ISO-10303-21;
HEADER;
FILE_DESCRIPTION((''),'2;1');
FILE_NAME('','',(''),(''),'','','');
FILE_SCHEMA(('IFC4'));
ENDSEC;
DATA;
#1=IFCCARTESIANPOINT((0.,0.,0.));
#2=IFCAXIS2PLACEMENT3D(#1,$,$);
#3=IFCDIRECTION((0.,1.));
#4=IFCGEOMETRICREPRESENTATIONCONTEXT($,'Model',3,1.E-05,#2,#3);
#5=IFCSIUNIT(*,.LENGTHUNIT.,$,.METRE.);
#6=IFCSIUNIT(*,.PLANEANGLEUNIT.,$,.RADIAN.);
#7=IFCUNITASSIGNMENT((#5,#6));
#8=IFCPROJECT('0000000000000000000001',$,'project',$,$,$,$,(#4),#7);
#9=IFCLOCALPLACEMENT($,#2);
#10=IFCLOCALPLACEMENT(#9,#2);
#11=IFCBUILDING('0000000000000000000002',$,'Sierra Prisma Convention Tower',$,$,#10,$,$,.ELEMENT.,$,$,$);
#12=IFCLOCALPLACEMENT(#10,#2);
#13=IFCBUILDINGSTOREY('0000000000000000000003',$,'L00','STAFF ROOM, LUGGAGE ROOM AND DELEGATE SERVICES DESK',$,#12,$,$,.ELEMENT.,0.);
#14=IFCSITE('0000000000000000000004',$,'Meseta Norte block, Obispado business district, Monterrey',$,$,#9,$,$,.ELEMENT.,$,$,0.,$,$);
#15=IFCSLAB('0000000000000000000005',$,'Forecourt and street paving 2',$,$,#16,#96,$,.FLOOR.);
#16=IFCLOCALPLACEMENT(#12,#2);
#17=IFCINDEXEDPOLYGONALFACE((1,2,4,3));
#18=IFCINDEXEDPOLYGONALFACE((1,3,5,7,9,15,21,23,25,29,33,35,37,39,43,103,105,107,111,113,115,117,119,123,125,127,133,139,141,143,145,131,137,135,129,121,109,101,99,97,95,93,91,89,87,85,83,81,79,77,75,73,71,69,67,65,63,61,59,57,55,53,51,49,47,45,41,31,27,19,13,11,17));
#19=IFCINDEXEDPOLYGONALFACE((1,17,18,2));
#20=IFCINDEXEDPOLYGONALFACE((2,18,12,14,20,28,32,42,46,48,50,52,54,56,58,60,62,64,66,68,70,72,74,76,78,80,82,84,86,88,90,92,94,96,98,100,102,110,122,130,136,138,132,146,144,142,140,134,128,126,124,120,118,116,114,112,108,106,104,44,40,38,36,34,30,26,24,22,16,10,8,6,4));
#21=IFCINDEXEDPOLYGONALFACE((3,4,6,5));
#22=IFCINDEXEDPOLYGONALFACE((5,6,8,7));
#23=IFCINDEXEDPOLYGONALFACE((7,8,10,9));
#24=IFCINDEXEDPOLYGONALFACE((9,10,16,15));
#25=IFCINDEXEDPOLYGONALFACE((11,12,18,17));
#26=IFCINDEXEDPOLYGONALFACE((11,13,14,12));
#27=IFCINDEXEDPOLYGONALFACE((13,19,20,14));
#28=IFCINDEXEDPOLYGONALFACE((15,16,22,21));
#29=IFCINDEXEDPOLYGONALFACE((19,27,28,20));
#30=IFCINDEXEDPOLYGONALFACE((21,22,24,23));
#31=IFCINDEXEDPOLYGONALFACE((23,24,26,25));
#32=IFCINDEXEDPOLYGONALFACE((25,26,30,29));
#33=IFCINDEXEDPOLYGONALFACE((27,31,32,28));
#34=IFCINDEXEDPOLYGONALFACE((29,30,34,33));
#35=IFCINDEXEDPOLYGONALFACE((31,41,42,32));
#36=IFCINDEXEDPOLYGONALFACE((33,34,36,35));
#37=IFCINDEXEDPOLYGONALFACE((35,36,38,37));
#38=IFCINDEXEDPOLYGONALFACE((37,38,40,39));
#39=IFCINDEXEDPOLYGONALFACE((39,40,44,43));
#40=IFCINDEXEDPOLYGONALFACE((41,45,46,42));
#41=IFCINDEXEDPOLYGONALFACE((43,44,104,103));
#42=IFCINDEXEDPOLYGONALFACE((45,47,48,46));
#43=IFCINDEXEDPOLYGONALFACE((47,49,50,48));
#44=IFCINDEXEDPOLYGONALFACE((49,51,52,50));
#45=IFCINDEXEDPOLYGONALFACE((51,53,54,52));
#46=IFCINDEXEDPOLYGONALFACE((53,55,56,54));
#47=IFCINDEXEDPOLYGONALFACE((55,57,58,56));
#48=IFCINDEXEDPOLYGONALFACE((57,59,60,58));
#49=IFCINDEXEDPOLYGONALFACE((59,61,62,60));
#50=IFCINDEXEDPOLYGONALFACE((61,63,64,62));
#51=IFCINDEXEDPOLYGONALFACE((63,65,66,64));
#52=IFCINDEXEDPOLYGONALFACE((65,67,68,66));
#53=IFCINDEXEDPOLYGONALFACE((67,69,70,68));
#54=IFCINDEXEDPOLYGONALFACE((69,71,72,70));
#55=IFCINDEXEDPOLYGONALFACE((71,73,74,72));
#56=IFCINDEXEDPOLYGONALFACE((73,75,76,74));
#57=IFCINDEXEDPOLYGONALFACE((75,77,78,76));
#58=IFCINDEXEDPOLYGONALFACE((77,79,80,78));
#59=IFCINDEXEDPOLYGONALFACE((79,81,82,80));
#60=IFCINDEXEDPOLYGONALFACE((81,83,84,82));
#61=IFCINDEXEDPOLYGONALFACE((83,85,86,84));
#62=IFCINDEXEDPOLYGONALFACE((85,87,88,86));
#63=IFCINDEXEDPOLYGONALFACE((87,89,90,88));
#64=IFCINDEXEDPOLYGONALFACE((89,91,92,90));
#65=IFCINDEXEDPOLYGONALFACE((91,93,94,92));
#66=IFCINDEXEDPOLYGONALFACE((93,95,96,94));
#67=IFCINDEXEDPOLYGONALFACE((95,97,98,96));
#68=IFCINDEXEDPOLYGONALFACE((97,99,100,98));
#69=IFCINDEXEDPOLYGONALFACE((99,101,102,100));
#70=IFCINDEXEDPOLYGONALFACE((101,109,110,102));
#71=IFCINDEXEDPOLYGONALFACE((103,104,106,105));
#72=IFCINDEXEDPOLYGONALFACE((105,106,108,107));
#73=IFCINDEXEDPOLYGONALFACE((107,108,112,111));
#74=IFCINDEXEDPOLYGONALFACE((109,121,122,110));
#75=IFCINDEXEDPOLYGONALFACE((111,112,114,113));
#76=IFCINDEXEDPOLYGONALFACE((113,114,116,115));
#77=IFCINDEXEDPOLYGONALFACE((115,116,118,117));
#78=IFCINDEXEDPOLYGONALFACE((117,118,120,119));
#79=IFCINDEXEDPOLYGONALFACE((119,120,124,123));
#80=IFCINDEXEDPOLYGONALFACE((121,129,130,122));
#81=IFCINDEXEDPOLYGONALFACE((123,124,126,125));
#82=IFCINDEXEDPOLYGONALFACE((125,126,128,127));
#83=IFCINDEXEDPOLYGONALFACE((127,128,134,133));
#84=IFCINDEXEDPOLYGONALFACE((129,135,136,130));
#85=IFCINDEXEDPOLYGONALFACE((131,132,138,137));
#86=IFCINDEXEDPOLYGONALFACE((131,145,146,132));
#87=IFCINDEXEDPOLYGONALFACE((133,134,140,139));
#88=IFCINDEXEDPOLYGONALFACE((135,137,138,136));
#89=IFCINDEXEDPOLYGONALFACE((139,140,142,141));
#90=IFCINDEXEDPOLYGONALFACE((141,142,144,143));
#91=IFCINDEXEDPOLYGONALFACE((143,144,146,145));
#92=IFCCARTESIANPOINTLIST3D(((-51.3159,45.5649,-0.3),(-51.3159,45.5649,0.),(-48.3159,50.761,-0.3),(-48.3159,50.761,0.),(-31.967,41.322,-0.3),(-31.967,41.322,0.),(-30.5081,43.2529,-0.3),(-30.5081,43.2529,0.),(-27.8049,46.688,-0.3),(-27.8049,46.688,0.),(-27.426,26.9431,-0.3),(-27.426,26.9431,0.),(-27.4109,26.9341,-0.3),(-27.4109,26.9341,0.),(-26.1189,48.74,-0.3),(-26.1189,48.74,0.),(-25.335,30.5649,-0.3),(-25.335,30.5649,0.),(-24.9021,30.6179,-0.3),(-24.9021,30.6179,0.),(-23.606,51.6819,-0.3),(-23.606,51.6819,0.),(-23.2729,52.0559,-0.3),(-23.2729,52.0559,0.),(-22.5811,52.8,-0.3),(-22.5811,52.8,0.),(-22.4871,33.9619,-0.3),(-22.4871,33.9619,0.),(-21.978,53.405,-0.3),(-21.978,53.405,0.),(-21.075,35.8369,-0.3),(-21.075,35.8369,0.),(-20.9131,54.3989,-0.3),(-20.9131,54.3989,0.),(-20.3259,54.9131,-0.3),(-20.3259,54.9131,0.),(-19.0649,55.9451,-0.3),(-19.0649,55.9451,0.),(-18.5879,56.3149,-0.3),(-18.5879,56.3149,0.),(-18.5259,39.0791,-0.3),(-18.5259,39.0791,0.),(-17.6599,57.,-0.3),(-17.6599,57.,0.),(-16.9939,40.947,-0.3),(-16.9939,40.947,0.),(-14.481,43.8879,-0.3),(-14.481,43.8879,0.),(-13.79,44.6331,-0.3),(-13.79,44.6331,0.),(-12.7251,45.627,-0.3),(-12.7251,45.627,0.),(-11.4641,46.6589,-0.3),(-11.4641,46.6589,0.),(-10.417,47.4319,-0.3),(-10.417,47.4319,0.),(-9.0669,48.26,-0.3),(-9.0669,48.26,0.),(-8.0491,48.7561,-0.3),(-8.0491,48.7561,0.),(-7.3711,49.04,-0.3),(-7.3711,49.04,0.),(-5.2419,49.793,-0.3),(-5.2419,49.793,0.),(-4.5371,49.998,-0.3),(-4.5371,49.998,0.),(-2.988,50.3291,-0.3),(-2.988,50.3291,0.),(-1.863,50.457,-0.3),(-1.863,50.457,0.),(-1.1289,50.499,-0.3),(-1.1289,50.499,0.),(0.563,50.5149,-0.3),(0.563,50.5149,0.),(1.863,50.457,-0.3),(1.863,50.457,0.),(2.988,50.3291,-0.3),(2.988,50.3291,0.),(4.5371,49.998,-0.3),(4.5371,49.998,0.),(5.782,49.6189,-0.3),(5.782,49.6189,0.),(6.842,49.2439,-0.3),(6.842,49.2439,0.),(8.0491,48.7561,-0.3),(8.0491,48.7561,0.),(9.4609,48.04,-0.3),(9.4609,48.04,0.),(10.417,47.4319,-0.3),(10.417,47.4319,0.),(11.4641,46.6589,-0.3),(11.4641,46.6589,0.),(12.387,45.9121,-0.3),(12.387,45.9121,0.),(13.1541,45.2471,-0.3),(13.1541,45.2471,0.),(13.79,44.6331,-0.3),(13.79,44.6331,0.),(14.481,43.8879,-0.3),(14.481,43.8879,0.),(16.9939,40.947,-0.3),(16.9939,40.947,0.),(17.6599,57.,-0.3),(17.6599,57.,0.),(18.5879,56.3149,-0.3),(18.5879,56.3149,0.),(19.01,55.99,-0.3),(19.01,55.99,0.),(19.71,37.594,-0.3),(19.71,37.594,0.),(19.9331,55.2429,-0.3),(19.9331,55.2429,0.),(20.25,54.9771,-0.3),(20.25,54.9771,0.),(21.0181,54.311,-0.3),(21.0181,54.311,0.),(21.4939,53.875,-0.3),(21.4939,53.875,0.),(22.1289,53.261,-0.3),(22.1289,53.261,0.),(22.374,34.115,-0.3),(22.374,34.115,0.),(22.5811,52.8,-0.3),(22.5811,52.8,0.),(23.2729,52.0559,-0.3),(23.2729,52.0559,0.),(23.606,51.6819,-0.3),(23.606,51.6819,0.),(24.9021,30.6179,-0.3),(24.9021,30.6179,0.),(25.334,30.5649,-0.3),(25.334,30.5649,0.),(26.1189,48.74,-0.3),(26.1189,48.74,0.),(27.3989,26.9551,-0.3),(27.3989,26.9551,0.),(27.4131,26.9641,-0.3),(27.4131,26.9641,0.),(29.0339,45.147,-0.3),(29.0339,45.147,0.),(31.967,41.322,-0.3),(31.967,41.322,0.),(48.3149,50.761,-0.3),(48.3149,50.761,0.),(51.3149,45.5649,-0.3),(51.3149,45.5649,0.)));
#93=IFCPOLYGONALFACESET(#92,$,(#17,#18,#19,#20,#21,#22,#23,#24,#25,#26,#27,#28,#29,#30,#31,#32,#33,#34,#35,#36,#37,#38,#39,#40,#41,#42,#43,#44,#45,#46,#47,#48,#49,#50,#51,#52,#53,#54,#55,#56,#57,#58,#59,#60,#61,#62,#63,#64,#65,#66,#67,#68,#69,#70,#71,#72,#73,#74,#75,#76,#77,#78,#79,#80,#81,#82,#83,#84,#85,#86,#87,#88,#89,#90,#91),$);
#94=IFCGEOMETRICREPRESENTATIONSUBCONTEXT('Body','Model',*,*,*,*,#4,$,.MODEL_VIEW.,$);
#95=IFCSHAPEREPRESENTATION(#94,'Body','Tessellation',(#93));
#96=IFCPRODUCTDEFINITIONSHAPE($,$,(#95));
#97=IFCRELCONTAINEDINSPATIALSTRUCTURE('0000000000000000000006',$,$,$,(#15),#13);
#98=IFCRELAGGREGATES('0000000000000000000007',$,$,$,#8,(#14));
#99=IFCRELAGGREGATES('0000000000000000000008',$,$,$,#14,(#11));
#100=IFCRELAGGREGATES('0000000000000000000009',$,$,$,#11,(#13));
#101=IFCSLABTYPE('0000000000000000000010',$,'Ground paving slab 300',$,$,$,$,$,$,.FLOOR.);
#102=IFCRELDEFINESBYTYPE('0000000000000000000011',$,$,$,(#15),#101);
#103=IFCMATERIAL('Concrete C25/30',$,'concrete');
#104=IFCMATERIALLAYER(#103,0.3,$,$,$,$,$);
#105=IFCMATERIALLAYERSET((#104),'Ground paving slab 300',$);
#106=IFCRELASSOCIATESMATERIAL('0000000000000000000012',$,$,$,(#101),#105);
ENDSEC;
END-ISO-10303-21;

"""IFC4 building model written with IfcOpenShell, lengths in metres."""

from ifc_helpers import new_model, si_unit, direction, frame, origin, place, context, subcontext, project, spatial, polyline, outline, extrude, material, layer, layer_set, type_object, element, save


model = new_model("IFC4")

# Units and contexts
model_context = context("Model", 3, precision=1e-05, world=origin(), true_north=direction((0.0, 1.0)))
body_context = subcontext(model_context, "Body", "Model", "MODEL_VIEW")
ifc_project = project(units=[si_unit("LENGTHUNIT", "METRE"), si_unit("PLANEANGLEUNIT", "RADIAN")], contexts=[model_context])

# Site, building, storey
site_placement = place(None, origin())
site = spatial("IfcSite", under=ifc_project, at=site_placement, Name="Meseta Norte block, Obispado business district, Monterrey", CompositionType="ELEMENT", RefElevation=0.0)
building_placement = place(site_placement, origin())
building = spatial("IfcBuilding", under=site, at=building_placement, Name="Sierra Prisma Convention Tower", CompositionType="ELEMENT")
storey_placement = place(building_placement, origin())
storey = spatial("IfcBuildingStorey", under=building, at=storey_placement, Name="L00", Description="STAFF ROOM, LUGGAGE ROOM AND DELEGATE SERVICES DESK", CompositionType="ELEMENT", Elevation=0.0)

# Slab
ifc_material_1 = material(Name="Concrete C25/30", Category="concrete")
ifc_layer_1 = layer(ifc_material_1, 0.3)
ifc_layer_set_1 = layer_set([ifc_layer_1], Name="Ground paving slab 300")
slab_type = type_object("IfcSlabType", Name="Ground paving slab 300", PredefinedType="FLOOR", material=ifc_layer_set_1)
slab_1_placement = place(storey_placement, frame((0.0, 0.0, -0.3)))
element("IfcSlab", 1, at=slab_1_placement, inside=storey, type_object=slab_type, Name="Forecourt and street paving 2", PredefinedType="FLOOR", context=body_context, shape_type="SweptSolid", body=[
    extrude(outline(polyline([(-31.967, 41.322), (-48.3159, 50.761), (-51.3159, 45.5649), (-25.335, 30.5649), (-27.426, 26.9431), (-27.4109, 26.9341), (-24.9021, 30.6179), (-22.4871, 33.9619), (-21.075, 35.8369), (-18.5259, 39.0791), (-16.9939, 40.947), (-14.481, 43.8879), (-13.79, 44.6331), (-12.7251, 45.627), (-11.4641, 46.6589), (-10.417, 47.4319), (-9.0669, 48.26), (-8.0491, 48.7561), (-7.3711, 49.04), (-5.2419, 49.793), (-4.5371, 49.998), (-2.988, 50.3291), (-1.863, 50.457), (-1.1289, 50.499), (0.563, 50.5149), (1.863, 50.457), (2.988, 50.3291), (4.5371, 49.998), (5.782, 49.6189), (6.842, 49.2439), (8.0491, 48.7561), (9.4609, 48.04), (10.417, 47.4319), (11.4641, 46.6589), (12.387, 45.9121), (13.1541, 45.2471), (13.79, 44.6331), (14.481, 43.8879), (16.9939, 40.947), (19.71, 37.594), (22.374, 34.115), (24.9021, 30.6179), (27.3989, 26.9551), (27.4131, 26.9641), (25.334, 30.5649), (51.3149, 45.5649), (48.3149, 50.761), (31.967, 41.322), (29.0339, 45.147), (26.1189, 48.74), (23.606, 51.6819), (23.2729, 52.0559), (22.5811, 52.8), (22.1289, 53.261), (21.4939, 53.875), (21.0181, 54.311), (20.25, 54.9771), (19.9331, 55.2429), (19.01, 55.99), (18.5879, 56.3149), (17.6599, 57.0), (-17.6599, 57.0), (-18.5879, 56.3149), (-19.0649, 55.9451), (-20.3259, 54.9131), (-20.9131, 54.3989), (-21.978, 53.405), (-22.5811, 52.8), (-23.2729, 52.0559), (-23.606, 51.6819), (-26.1189, 48.74), (-27.8049, 46.688), (-30.5081, 43.2529), (-31.967, 41.322)])), origin(), (0.0, 0.0, 1.0), 0.3),
])

save(model, "model.ifc")
